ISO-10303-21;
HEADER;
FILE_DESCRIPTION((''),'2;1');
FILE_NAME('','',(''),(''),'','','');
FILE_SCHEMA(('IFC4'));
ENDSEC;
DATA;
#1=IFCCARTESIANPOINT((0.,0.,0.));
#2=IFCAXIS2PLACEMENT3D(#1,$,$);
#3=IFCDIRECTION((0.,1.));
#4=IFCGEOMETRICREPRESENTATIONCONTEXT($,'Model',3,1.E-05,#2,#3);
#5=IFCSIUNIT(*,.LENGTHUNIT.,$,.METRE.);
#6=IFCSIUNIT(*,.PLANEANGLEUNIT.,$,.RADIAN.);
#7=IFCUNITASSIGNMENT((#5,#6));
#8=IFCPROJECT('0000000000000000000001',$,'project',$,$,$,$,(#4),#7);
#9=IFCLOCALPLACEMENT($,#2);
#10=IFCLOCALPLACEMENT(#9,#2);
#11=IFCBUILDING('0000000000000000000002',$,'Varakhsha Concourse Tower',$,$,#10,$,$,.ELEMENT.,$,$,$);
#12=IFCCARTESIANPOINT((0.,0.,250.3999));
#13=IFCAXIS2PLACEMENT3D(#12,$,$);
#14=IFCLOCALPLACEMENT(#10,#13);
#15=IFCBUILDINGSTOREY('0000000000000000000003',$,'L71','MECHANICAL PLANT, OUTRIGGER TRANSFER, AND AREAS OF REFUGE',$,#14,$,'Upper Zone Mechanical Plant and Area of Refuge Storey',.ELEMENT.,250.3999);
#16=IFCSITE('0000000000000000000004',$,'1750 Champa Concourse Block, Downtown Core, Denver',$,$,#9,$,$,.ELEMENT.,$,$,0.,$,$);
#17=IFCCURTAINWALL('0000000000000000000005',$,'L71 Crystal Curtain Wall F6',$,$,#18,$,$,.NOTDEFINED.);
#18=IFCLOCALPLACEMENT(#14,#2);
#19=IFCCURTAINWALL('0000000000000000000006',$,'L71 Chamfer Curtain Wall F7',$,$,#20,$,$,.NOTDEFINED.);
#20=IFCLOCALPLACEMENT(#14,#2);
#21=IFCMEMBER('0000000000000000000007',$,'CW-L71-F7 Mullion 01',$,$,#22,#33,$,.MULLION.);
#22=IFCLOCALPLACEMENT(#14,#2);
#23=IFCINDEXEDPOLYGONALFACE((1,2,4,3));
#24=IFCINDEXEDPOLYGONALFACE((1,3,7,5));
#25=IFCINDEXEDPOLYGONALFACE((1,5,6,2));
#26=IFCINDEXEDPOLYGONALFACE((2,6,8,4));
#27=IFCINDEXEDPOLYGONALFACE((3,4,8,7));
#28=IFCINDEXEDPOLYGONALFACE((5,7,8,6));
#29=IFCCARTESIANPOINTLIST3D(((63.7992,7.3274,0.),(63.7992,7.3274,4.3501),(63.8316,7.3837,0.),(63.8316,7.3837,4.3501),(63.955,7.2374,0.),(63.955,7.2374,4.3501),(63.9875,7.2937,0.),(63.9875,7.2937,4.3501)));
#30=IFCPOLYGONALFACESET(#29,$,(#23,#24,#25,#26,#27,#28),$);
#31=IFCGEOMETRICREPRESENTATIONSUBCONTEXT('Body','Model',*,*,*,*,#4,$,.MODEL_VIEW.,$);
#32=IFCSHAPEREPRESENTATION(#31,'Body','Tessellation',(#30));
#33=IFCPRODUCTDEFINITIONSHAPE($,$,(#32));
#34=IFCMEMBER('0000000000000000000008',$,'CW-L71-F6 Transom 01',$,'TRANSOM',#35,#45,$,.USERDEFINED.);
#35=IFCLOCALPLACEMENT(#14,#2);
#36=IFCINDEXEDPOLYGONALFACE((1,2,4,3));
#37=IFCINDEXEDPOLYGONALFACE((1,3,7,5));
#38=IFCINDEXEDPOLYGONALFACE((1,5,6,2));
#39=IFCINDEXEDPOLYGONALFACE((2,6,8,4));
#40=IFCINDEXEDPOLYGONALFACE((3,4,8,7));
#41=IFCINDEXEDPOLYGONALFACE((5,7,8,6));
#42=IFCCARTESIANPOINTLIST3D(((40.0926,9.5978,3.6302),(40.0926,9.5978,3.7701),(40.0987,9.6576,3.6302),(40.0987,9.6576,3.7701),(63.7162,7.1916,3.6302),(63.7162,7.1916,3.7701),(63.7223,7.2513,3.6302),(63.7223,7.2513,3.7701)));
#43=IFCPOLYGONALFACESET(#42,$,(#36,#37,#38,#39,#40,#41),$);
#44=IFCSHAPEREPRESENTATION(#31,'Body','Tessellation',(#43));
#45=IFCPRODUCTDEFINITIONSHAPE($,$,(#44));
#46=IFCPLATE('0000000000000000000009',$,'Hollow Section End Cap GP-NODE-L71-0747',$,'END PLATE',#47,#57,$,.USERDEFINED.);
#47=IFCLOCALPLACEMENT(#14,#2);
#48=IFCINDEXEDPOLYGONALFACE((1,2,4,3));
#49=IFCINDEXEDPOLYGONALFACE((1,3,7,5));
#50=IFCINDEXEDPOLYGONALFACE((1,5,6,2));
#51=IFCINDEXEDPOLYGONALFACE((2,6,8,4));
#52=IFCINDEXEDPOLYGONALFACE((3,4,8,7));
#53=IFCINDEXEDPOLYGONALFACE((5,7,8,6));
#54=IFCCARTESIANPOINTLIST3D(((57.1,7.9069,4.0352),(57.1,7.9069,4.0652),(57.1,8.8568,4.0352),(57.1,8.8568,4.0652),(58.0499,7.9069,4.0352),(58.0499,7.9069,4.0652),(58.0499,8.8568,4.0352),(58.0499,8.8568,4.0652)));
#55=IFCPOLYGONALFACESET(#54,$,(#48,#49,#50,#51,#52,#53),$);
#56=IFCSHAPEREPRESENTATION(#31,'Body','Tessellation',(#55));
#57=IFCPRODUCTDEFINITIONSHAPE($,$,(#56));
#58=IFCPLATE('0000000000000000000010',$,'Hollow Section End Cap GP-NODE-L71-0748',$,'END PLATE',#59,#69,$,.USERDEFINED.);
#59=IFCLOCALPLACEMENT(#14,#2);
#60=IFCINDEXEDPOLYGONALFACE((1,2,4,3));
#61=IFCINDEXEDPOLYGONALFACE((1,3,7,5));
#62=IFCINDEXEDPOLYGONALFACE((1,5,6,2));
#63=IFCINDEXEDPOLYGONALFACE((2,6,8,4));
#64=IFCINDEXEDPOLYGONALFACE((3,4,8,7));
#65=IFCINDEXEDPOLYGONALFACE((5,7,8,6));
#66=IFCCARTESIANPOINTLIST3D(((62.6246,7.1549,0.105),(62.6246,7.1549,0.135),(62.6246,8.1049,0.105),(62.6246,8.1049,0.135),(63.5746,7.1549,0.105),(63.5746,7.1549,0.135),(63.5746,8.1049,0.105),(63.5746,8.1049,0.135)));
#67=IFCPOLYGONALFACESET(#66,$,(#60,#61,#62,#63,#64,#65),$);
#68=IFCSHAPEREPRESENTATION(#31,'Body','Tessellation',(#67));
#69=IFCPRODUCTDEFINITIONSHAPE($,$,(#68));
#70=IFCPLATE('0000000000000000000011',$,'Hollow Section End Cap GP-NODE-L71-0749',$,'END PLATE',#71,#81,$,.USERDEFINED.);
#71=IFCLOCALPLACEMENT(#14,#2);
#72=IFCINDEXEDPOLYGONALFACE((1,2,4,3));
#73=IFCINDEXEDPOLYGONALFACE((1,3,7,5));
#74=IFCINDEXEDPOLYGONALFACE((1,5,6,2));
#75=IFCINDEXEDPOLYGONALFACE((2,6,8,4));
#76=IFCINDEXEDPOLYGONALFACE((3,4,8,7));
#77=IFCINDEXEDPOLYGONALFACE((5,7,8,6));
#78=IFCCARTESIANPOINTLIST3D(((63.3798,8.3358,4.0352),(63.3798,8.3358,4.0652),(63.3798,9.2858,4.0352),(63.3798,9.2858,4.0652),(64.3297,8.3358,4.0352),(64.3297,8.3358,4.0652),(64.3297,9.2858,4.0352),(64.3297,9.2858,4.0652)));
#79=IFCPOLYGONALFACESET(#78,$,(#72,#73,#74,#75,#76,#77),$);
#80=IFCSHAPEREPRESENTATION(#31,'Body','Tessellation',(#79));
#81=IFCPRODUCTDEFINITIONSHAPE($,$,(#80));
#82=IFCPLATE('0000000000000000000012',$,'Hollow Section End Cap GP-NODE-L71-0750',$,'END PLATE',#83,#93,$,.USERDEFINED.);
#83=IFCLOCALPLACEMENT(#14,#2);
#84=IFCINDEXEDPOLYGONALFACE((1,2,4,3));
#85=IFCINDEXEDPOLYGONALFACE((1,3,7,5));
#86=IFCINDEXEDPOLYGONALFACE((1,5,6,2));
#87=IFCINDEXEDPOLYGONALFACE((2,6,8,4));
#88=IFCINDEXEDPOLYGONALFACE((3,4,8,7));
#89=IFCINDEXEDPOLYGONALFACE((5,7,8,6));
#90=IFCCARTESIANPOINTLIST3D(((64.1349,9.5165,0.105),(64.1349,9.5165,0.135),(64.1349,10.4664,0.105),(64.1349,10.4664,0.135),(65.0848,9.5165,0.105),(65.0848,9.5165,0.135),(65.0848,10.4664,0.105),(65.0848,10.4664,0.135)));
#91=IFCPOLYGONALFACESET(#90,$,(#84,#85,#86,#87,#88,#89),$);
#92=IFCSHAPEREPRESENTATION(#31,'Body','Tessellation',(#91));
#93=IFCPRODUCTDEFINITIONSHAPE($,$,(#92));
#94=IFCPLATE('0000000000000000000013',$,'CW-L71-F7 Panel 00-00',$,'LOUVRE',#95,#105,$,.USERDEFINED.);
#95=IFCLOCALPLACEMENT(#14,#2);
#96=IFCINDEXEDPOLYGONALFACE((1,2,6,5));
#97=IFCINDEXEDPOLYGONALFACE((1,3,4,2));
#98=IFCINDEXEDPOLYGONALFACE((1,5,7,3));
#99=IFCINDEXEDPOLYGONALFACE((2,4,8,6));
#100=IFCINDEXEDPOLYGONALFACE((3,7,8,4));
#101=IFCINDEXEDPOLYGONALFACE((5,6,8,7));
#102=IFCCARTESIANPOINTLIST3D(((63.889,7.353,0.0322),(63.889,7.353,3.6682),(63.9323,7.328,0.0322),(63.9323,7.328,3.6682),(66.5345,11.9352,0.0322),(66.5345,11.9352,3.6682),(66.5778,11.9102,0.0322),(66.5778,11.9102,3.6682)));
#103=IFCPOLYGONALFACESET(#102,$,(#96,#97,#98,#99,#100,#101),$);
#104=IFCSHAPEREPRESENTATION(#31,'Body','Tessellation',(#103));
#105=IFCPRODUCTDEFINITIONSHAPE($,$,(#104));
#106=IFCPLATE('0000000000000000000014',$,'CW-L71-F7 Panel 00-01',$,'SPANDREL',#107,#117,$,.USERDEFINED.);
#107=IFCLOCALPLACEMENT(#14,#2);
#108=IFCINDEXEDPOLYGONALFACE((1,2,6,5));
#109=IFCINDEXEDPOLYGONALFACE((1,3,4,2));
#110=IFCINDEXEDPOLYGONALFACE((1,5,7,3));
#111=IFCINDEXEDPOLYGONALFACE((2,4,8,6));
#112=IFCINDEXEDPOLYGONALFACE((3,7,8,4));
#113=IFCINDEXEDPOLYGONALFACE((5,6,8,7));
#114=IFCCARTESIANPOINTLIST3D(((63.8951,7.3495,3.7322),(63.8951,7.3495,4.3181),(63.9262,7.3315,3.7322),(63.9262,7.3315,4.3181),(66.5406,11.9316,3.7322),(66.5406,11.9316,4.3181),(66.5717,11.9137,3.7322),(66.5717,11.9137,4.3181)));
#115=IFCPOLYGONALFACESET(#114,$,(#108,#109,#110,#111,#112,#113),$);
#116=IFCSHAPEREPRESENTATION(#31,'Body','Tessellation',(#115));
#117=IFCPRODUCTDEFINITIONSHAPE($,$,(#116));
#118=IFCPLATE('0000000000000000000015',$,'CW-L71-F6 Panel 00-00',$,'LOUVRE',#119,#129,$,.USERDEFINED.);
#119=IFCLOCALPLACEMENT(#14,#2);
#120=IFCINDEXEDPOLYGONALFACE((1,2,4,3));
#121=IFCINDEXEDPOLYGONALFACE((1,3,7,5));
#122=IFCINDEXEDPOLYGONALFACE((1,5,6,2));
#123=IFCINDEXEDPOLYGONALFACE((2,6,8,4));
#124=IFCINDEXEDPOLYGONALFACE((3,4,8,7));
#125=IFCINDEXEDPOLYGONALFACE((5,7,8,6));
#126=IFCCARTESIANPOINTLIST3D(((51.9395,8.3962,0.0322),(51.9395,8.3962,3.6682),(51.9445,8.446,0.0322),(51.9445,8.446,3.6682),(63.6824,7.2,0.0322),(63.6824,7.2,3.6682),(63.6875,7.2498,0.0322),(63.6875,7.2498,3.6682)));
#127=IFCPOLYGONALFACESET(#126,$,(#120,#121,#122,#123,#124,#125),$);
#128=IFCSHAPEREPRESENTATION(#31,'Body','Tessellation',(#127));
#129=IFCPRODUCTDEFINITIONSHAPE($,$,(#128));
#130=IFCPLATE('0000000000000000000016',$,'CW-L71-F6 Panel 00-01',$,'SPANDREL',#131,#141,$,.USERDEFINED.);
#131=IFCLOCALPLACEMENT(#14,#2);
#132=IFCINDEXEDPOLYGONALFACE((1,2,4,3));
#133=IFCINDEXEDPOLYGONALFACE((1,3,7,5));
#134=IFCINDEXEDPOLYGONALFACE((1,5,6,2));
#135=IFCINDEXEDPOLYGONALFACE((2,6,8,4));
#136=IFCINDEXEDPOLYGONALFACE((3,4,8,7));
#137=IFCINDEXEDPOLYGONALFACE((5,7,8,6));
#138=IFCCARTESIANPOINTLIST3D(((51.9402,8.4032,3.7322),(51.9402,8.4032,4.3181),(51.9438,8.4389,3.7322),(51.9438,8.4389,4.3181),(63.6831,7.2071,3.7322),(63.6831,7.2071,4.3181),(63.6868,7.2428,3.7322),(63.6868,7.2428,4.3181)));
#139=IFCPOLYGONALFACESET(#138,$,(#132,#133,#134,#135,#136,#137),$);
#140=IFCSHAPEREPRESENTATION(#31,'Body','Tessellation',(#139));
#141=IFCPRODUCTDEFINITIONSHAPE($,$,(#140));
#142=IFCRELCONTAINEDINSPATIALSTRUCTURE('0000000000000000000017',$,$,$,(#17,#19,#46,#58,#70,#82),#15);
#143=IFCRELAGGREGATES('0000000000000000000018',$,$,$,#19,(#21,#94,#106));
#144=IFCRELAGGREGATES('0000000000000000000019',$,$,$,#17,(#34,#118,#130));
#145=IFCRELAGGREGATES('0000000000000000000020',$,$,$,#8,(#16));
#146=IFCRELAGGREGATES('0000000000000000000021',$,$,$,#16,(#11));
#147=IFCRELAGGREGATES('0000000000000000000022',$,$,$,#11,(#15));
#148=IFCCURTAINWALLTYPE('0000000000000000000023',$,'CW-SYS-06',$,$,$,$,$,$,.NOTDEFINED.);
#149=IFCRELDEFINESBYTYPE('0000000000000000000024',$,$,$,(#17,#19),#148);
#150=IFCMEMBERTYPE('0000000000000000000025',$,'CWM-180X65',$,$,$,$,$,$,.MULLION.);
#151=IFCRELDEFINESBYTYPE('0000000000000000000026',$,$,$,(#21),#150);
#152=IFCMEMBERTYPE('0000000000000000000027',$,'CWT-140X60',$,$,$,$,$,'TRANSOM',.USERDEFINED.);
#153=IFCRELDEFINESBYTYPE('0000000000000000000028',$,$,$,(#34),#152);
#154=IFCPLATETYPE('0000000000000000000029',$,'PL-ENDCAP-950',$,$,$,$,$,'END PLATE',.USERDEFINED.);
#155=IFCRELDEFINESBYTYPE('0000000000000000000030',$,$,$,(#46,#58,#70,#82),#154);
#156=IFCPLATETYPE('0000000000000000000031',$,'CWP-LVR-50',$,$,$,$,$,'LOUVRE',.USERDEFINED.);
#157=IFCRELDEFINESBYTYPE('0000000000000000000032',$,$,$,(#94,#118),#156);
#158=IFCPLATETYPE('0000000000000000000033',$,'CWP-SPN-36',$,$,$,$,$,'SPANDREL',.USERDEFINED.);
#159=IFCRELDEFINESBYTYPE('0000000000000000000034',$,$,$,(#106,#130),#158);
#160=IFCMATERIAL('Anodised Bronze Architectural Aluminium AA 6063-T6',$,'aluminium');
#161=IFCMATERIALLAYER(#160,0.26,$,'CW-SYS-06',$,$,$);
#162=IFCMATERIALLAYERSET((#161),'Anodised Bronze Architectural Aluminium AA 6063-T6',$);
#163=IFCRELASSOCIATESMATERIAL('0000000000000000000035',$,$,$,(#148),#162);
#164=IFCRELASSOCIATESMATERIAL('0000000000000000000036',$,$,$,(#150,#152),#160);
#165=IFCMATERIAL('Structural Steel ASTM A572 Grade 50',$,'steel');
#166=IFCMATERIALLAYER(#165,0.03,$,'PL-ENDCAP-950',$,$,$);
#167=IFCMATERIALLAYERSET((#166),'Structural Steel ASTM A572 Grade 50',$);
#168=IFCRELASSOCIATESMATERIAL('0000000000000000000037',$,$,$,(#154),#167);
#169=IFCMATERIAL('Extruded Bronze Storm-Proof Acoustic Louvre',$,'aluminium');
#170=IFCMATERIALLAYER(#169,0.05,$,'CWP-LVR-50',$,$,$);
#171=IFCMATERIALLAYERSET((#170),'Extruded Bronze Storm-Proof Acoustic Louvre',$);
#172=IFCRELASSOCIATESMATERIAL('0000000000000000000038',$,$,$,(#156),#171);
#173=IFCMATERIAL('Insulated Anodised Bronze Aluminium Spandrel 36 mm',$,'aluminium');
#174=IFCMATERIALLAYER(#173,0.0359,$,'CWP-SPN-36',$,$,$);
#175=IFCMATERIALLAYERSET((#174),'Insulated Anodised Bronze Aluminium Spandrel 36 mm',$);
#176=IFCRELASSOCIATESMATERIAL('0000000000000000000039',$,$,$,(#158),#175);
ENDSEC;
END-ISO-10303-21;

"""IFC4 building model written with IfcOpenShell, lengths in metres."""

from ifc_helpers import new_model, si_unit, direction, frame, origin, origin_2d, place, context, subcontext, project, spatial, rectangle, extrude, source, transform, mapped, material, layer, layer_set, material_profile, profile_set, type_object, type_shapes, element, aggregate, save


model = new_model("IFC4")

# Units and contexts
model_context = context("Model", 3, precision=1e-05, world=origin(), true_north=direction((0.0, 1.0)))
body_context = subcontext(model_context, "Body", "Model", "MODEL_VIEW")
ifc_project = project(units=[si_unit("LENGTHUNIT", "METRE"), si_unit("PLANEANGLEUNIT", "RADIAN")], contexts=[model_context])

# Site, building, storey
site_placement = place(None, origin())
site = spatial("IfcSite", under=ifc_project, at=site_placement, Name="1750 Champa Concourse Block, Downtown Core, Denver", CompositionType="ELEMENT", RefElevation=0.0)
building_placement = place(site_placement, origin())
building = spatial("IfcBuilding", under=site, at=building_placement, Name="Varakhsha Concourse Tower", CompositionType="ELEMENT")
storey_placement = place(building_placement, frame((0.0, 0.0, 250.3999)))
storey = spatial("IfcBuildingStorey", under=building, at=storey_placement, Name="L71", Description="MECHANICAL PLANT, OUTRIGGER TRANSFER, AND AREAS OF REFUGE", LongName="Upper Zone Mechanical Plant and Area of Refuge Storey", CompositionType="ELEMENT", Elevation=250.3999)

# Shared definitions
ifc_material_1 = material(Name="Structural Steel ASTM A572 Grade 50", Category="steel")

# Curtain walls, member
ifc_material_2 = material(Name="Anodised Bronze Architectural Aluminium AA 6063-T6", Category="aluminium")
ifc_layer_1 = layer(ifc_material_2, 0.26, Name="CW-SYS-06")
ifc_layer_set_1 = layer_set([ifc_layer_1], Name="Anodised Bronze Architectural Aluminium AA 6063-T6")
curtain_wall_type = type_object("IfcCurtainWallType", Name="CW-SYS-06", PredefinedType="NOTDEFINED", material=ifc_layer_set_1)
curtain_wall_1_placement = place(storey_placement, origin())
curtain_wall_1 = element("IfcCurtainWall", 1, at=curtain_wall_1_placement, inside=storey, type_object=curtain_wall_type, Name="L71 Crystal Curtain Wall F6", PredefinedType="NOTDEFINED")
ifc_material_profile_1 = material_profile(ifc_material_2, rectangle(XDim=0.0649, YDim=0.1799, at=origin_2d()), Name="CWM-180X65")
ifc_profile_set_1 = profile_set([ifc_material_profile_1], Name="Anodised Bronze Architectural Aluminium AA 6063-T6")
member_type_1 = type_object("IfcMemberType", Name="CWM-180X65", PredefinedType="MULLION", material=ifc_profile_set_1)
shared_shape_1 = source(origin(), body_context, "Body", "SweptSolid", [
    extrude(rectangle(XDim=0.0649, YDim=0.1799, at=origin_2d()), origin(), (0.0, 0.0, 1.0), 4.3501),
])
type_shapes(member_type_1, [shared_shape_1])
curtain_wall_2_placement = place(storey_placement, origin())
curtain_wall_2 = element("IfcCurtainWall", 2, at=curtain_wall_2_placement, inside=storey, type_object=curtain_wall_type, Name="L71 Chamfer Curtain Wall F7", PredefinedType="NOTDEFINED")
member_1_placement = place(storey_placement, frame((63.8933, 7.3105, 0.0), z_axis=(0.0, 0.0, 1.0), x_axis=(-0.5, -0.866025, 0.0)))
member_1 = element("IfcMember", 3, at=member_1_placement, type_object=member_type_1, Name="CW-L71-F7 Mullion 01", PredefinedType="MULLION", context=body_context, shape_type="MappedRepresentation", body=[
    mapped(shared_shape_1, transform((0.0, 0.0, 0.0), scale=1.0)),
])

# Member
ifc_material_profile_2 = material_profile(ifc_material_2, rectangle(XDim=0.0601, YDim=0.1399, at=origin_2d()), Name="CWT-140X60")
ifc_profile_set_2 = profile_set([ifc_material_profile_2], Name="Anodised Bronze Architectural Aluminium AA 6063-T6")
member_type_2 = type_object("IfcMemberType", Name="CWT-140X60", ElementType="TRANSOM", PredefinedType="USERDEFINED", material=ifc_profile_set_2)
shared_shape_2 = source(origin(), body_context, "Body", "SweptSolid", [
    extrude(rectangle(XDim=0.0601, YDim=0.1399, at=origin_2d()), origin(), (0.0, 0.0, 1.0), 23.7458),
])
type_shapes(member_type_2, [shared_shape_2])
member_2_placement = place(storey_placement, frame((63.7192, 7.2214, 3.7002), z_axis=(-0.994852, 0.101334, 0.0), x_axis=(-0.101334, -0.994852, 0.0)))
member_2 = element("IfcMember", 4, at=member_2_placement, type_object=member_type_2, Name="CW-L71-F6 Transom 01", ObjectType="TRANSOM", PredefinedType="USERDEFINED", context=body_context, shape_type="MappedRepresentation", body=[
    mapped(shared_shape_2, transform((0.0, 0.0, 0.0), scale=1.0)),
])

# Plates
ifc_layer_2 = layer(ifc_material_1, 0.03, Name="PL-ENDCAP-950")
ifc_layer_set_2 = layer_set([ifc_layer_2], Name="Structural Steel ASTM A572 Grade 50")
plate_type_1 = type_object("IfcPlateType", Name="PL-ENDCAP-950", ElementType="END PLATE", PredefinedType="USERDEFINED", material=ifc_layer_set_2)
shared_shape_3 = source(origin(), body_context, "Body", "SweptSolid", [
    extrude(rectangle(XDim=0.95, YDim=0.95, at=origin_2d()), origin(), (0.0, 0.0, 1.0), 0.03),
])
type_shapes(plate_type_1, [shared_shape_3])
for number, where, z_axis, x_axis, name in (
    (5, (57.575, 8.3818, 4.0352), (0.0, 0.0, 1.0), (1.0, 0.0, 0.0), "Hollow Section End Cap GP-NODE-L71-0747"),
    (6, (63.0996, 7.6299, 0.105), (0.0, 0.0, 1.0), (1.0, 0.0, 0.0), "Hollow Section End Cap GP-NODE-L71-0748"),
    (7, (63.8547, 8.8108, 4.0352), (0.0, 0.0, 1.0), (1.0, 0.0, 0.0), "Hollow Section End Cap GP-NODE-L71-0749"),
    (8, (64.6099, 9.9915, 0.105), (0.0, 0.0, 1.0), (1.0, 0.0, 0.0), "Hollow Section End Cap GP-NODE-L71-0750"),
):
    element("IfcPlate", number, at=place(storey_placement, frame(where, z_axis=z_axis, x_axis=x_axis)), inside=storey, type_object=plate_type_1, Name=name, ObjectType="END PLATE", PredefinedType="USERDEFINED", context=body_context, shape_type="MappedRepresentation", body=[
        mapped(shared_shape_3, transform((0.0, 0.0, 0.0), scale=1.0)),
    ])

# Plates
ifc_material_3 = material(Name="Extruded Bronze Storm-Proof Acoustic Louvre", Category="aluminium")
ifc_layer_3 = layer(ifc_material_3, 0.05, Name="CWP-LVR-50")
ifc_layer_set_3 = layer_set([ifc_layer_3], Name="Extruded Bronze Storm-Proof Acoustic Louvre")
plate_type_2 = type_object("IfcPlateType", Name="CWP-LVR-50", ElementType="LOUVRE", PredefinedType="USERDEFINED", material=ifc_layer_set_3)
shared_shape_4 = source(origin(), body_context, "Body", "SweptSolid", [
    extrude(rectangle(XDim=5.291, YDim=0.05, at=origin_2d()), origin(), (0.0, 0.0, 1.0), 3.636),
])
plate_1_placement = place(storey_placement, frame((65.2334, 9.6316, 0.0322), z_axis=(0.0, 0.0, 1.0), x_axis=(-0.5, -0.866025, 0.0)))
plate_1 = element("IfcPlate", 9, at=plate_1_placement, type_object=plate_type_2, Name="CW-L71-F7 Panel 00-00", ObjectType="LOUVRE", PredefinedType="USERDEFINED", context=body_context, shape_type="MappedRepresentation", body=[
    mapped(shared_shape_4, transform((0.0, 0.0, 0.0), scale=1.0)),
])
ifc_material_4 = material(Name="Insulated Anodised Bronze Aluminium Spandrel 36 mm", Category="aluminium")
ifc_layer_4 = layer(ifc_material_4, 0.0359, Name="CWP-SPN-36")
ifc_layer_set_4 = layer_set([ifc_layer_4], Name="Insulated Anodised Bronze Aluminium Spandrel 36 mm")
plate_type_3 = type_object("IfcPlateType", Name="CWP-SPN-36", ElementType="SPANDREL", PredefinedType="USERDEFINED", material=ifc_layer_set_4)
shared_shape_5 = source(origin(), body_context, "Body", "SweptSolid", [
    extrude(rectangle(XDim=5.291, YDim=0.0359, at=origin_2d()), origin(), (0.0, 0.0, 1.0), 0.5859),
])
plate_2_placement = place(storey_placement, frame((65.2334, 9.6316, 3.7322), z_axis=(0.0, 0.0, 1.0), x_axis=(-0.5, -0.866025, 0.0)))
plate_2 = element("IfcPlate", 10, at=plate_2_placement, type_object=plate_type_3, Name="CW-L71-F7 Panel 00-01", ObjectType="SPANDREL", PredefinedType="USERDEFINED", context=body_context, shape_type="MappedRepresentation", body=[
    mapped(shared_shape_5, transform((0.0, 0.0, 0.0), scale=1.0)),
])
aggregate(curtain_wall_2, [member_1, plate_1, plate_2])
shared_shape_6 = source(origin(), body_context, "Body", "SweptSolid", [
    extrude(rectangle(XDim=11.8037, YDim=0.05, at=origin_2d()), origin(), (0.0, 0.0, 1.0), 3.636),
])
type_shapes(plate_type_2, [shared_shape_4, shared_shape_6])
plate_3_placement = place(storey_placement, frame((57.8135, 7.823, 0.0322), z_axis=(0.0, 0.0, 1.0), x_axis=(-0.994852, 0.101336, 0.0)))
plate_3 = element("IfcPlate", 11, at=plate_3_placement, type_object=plate_type_2, Name="CW-L71-F6 Panel 00-00", ObjectType="LOUVRE", PredefinedType="USERDEFINED", context=body_context, shape_type="MappedRepresentation", body=[
    mapped(shared_shape_6, transform((0.0, 0.0, 0.0), scale=1.0)),
])
shared_shape_7 = source(origin(), body_context, "Body", "SweptSolid", [
    extrude(rectangle(XDim=11.8037, YDim=0.0359, at=origin_2d()), origin(), (0.0, 0.0, 1.0), 0.5859),
])
type_shapes(plate_type_3, [shared_shape_5, shared_shape_7])
plate_4_placement = place(storey_placement, frame((57.8135, 7.823, 3.7322), z_axis=(0.0, 0.0, 1.0), x_axis=(-0.994852, 0.101336, 0.0)))
plate_4 = element("IfcPlate", 12, at=plate_4_placement, type_object=plate_type_3, Name="CW-L71-F6 Panel 00-01", ObjectType="SPANDREL", PredefinedType="USERDEFINED", context=body_context, shape_type="MappedRepresentation", body=[
    mapped(shared_shape_7, transform((0.0, 0.0, 0.0), scale=1.0)),
])
aggregate(curtain_wall_1, [member_2, plate_3, plate_4])

save(model, "model.ifc")
